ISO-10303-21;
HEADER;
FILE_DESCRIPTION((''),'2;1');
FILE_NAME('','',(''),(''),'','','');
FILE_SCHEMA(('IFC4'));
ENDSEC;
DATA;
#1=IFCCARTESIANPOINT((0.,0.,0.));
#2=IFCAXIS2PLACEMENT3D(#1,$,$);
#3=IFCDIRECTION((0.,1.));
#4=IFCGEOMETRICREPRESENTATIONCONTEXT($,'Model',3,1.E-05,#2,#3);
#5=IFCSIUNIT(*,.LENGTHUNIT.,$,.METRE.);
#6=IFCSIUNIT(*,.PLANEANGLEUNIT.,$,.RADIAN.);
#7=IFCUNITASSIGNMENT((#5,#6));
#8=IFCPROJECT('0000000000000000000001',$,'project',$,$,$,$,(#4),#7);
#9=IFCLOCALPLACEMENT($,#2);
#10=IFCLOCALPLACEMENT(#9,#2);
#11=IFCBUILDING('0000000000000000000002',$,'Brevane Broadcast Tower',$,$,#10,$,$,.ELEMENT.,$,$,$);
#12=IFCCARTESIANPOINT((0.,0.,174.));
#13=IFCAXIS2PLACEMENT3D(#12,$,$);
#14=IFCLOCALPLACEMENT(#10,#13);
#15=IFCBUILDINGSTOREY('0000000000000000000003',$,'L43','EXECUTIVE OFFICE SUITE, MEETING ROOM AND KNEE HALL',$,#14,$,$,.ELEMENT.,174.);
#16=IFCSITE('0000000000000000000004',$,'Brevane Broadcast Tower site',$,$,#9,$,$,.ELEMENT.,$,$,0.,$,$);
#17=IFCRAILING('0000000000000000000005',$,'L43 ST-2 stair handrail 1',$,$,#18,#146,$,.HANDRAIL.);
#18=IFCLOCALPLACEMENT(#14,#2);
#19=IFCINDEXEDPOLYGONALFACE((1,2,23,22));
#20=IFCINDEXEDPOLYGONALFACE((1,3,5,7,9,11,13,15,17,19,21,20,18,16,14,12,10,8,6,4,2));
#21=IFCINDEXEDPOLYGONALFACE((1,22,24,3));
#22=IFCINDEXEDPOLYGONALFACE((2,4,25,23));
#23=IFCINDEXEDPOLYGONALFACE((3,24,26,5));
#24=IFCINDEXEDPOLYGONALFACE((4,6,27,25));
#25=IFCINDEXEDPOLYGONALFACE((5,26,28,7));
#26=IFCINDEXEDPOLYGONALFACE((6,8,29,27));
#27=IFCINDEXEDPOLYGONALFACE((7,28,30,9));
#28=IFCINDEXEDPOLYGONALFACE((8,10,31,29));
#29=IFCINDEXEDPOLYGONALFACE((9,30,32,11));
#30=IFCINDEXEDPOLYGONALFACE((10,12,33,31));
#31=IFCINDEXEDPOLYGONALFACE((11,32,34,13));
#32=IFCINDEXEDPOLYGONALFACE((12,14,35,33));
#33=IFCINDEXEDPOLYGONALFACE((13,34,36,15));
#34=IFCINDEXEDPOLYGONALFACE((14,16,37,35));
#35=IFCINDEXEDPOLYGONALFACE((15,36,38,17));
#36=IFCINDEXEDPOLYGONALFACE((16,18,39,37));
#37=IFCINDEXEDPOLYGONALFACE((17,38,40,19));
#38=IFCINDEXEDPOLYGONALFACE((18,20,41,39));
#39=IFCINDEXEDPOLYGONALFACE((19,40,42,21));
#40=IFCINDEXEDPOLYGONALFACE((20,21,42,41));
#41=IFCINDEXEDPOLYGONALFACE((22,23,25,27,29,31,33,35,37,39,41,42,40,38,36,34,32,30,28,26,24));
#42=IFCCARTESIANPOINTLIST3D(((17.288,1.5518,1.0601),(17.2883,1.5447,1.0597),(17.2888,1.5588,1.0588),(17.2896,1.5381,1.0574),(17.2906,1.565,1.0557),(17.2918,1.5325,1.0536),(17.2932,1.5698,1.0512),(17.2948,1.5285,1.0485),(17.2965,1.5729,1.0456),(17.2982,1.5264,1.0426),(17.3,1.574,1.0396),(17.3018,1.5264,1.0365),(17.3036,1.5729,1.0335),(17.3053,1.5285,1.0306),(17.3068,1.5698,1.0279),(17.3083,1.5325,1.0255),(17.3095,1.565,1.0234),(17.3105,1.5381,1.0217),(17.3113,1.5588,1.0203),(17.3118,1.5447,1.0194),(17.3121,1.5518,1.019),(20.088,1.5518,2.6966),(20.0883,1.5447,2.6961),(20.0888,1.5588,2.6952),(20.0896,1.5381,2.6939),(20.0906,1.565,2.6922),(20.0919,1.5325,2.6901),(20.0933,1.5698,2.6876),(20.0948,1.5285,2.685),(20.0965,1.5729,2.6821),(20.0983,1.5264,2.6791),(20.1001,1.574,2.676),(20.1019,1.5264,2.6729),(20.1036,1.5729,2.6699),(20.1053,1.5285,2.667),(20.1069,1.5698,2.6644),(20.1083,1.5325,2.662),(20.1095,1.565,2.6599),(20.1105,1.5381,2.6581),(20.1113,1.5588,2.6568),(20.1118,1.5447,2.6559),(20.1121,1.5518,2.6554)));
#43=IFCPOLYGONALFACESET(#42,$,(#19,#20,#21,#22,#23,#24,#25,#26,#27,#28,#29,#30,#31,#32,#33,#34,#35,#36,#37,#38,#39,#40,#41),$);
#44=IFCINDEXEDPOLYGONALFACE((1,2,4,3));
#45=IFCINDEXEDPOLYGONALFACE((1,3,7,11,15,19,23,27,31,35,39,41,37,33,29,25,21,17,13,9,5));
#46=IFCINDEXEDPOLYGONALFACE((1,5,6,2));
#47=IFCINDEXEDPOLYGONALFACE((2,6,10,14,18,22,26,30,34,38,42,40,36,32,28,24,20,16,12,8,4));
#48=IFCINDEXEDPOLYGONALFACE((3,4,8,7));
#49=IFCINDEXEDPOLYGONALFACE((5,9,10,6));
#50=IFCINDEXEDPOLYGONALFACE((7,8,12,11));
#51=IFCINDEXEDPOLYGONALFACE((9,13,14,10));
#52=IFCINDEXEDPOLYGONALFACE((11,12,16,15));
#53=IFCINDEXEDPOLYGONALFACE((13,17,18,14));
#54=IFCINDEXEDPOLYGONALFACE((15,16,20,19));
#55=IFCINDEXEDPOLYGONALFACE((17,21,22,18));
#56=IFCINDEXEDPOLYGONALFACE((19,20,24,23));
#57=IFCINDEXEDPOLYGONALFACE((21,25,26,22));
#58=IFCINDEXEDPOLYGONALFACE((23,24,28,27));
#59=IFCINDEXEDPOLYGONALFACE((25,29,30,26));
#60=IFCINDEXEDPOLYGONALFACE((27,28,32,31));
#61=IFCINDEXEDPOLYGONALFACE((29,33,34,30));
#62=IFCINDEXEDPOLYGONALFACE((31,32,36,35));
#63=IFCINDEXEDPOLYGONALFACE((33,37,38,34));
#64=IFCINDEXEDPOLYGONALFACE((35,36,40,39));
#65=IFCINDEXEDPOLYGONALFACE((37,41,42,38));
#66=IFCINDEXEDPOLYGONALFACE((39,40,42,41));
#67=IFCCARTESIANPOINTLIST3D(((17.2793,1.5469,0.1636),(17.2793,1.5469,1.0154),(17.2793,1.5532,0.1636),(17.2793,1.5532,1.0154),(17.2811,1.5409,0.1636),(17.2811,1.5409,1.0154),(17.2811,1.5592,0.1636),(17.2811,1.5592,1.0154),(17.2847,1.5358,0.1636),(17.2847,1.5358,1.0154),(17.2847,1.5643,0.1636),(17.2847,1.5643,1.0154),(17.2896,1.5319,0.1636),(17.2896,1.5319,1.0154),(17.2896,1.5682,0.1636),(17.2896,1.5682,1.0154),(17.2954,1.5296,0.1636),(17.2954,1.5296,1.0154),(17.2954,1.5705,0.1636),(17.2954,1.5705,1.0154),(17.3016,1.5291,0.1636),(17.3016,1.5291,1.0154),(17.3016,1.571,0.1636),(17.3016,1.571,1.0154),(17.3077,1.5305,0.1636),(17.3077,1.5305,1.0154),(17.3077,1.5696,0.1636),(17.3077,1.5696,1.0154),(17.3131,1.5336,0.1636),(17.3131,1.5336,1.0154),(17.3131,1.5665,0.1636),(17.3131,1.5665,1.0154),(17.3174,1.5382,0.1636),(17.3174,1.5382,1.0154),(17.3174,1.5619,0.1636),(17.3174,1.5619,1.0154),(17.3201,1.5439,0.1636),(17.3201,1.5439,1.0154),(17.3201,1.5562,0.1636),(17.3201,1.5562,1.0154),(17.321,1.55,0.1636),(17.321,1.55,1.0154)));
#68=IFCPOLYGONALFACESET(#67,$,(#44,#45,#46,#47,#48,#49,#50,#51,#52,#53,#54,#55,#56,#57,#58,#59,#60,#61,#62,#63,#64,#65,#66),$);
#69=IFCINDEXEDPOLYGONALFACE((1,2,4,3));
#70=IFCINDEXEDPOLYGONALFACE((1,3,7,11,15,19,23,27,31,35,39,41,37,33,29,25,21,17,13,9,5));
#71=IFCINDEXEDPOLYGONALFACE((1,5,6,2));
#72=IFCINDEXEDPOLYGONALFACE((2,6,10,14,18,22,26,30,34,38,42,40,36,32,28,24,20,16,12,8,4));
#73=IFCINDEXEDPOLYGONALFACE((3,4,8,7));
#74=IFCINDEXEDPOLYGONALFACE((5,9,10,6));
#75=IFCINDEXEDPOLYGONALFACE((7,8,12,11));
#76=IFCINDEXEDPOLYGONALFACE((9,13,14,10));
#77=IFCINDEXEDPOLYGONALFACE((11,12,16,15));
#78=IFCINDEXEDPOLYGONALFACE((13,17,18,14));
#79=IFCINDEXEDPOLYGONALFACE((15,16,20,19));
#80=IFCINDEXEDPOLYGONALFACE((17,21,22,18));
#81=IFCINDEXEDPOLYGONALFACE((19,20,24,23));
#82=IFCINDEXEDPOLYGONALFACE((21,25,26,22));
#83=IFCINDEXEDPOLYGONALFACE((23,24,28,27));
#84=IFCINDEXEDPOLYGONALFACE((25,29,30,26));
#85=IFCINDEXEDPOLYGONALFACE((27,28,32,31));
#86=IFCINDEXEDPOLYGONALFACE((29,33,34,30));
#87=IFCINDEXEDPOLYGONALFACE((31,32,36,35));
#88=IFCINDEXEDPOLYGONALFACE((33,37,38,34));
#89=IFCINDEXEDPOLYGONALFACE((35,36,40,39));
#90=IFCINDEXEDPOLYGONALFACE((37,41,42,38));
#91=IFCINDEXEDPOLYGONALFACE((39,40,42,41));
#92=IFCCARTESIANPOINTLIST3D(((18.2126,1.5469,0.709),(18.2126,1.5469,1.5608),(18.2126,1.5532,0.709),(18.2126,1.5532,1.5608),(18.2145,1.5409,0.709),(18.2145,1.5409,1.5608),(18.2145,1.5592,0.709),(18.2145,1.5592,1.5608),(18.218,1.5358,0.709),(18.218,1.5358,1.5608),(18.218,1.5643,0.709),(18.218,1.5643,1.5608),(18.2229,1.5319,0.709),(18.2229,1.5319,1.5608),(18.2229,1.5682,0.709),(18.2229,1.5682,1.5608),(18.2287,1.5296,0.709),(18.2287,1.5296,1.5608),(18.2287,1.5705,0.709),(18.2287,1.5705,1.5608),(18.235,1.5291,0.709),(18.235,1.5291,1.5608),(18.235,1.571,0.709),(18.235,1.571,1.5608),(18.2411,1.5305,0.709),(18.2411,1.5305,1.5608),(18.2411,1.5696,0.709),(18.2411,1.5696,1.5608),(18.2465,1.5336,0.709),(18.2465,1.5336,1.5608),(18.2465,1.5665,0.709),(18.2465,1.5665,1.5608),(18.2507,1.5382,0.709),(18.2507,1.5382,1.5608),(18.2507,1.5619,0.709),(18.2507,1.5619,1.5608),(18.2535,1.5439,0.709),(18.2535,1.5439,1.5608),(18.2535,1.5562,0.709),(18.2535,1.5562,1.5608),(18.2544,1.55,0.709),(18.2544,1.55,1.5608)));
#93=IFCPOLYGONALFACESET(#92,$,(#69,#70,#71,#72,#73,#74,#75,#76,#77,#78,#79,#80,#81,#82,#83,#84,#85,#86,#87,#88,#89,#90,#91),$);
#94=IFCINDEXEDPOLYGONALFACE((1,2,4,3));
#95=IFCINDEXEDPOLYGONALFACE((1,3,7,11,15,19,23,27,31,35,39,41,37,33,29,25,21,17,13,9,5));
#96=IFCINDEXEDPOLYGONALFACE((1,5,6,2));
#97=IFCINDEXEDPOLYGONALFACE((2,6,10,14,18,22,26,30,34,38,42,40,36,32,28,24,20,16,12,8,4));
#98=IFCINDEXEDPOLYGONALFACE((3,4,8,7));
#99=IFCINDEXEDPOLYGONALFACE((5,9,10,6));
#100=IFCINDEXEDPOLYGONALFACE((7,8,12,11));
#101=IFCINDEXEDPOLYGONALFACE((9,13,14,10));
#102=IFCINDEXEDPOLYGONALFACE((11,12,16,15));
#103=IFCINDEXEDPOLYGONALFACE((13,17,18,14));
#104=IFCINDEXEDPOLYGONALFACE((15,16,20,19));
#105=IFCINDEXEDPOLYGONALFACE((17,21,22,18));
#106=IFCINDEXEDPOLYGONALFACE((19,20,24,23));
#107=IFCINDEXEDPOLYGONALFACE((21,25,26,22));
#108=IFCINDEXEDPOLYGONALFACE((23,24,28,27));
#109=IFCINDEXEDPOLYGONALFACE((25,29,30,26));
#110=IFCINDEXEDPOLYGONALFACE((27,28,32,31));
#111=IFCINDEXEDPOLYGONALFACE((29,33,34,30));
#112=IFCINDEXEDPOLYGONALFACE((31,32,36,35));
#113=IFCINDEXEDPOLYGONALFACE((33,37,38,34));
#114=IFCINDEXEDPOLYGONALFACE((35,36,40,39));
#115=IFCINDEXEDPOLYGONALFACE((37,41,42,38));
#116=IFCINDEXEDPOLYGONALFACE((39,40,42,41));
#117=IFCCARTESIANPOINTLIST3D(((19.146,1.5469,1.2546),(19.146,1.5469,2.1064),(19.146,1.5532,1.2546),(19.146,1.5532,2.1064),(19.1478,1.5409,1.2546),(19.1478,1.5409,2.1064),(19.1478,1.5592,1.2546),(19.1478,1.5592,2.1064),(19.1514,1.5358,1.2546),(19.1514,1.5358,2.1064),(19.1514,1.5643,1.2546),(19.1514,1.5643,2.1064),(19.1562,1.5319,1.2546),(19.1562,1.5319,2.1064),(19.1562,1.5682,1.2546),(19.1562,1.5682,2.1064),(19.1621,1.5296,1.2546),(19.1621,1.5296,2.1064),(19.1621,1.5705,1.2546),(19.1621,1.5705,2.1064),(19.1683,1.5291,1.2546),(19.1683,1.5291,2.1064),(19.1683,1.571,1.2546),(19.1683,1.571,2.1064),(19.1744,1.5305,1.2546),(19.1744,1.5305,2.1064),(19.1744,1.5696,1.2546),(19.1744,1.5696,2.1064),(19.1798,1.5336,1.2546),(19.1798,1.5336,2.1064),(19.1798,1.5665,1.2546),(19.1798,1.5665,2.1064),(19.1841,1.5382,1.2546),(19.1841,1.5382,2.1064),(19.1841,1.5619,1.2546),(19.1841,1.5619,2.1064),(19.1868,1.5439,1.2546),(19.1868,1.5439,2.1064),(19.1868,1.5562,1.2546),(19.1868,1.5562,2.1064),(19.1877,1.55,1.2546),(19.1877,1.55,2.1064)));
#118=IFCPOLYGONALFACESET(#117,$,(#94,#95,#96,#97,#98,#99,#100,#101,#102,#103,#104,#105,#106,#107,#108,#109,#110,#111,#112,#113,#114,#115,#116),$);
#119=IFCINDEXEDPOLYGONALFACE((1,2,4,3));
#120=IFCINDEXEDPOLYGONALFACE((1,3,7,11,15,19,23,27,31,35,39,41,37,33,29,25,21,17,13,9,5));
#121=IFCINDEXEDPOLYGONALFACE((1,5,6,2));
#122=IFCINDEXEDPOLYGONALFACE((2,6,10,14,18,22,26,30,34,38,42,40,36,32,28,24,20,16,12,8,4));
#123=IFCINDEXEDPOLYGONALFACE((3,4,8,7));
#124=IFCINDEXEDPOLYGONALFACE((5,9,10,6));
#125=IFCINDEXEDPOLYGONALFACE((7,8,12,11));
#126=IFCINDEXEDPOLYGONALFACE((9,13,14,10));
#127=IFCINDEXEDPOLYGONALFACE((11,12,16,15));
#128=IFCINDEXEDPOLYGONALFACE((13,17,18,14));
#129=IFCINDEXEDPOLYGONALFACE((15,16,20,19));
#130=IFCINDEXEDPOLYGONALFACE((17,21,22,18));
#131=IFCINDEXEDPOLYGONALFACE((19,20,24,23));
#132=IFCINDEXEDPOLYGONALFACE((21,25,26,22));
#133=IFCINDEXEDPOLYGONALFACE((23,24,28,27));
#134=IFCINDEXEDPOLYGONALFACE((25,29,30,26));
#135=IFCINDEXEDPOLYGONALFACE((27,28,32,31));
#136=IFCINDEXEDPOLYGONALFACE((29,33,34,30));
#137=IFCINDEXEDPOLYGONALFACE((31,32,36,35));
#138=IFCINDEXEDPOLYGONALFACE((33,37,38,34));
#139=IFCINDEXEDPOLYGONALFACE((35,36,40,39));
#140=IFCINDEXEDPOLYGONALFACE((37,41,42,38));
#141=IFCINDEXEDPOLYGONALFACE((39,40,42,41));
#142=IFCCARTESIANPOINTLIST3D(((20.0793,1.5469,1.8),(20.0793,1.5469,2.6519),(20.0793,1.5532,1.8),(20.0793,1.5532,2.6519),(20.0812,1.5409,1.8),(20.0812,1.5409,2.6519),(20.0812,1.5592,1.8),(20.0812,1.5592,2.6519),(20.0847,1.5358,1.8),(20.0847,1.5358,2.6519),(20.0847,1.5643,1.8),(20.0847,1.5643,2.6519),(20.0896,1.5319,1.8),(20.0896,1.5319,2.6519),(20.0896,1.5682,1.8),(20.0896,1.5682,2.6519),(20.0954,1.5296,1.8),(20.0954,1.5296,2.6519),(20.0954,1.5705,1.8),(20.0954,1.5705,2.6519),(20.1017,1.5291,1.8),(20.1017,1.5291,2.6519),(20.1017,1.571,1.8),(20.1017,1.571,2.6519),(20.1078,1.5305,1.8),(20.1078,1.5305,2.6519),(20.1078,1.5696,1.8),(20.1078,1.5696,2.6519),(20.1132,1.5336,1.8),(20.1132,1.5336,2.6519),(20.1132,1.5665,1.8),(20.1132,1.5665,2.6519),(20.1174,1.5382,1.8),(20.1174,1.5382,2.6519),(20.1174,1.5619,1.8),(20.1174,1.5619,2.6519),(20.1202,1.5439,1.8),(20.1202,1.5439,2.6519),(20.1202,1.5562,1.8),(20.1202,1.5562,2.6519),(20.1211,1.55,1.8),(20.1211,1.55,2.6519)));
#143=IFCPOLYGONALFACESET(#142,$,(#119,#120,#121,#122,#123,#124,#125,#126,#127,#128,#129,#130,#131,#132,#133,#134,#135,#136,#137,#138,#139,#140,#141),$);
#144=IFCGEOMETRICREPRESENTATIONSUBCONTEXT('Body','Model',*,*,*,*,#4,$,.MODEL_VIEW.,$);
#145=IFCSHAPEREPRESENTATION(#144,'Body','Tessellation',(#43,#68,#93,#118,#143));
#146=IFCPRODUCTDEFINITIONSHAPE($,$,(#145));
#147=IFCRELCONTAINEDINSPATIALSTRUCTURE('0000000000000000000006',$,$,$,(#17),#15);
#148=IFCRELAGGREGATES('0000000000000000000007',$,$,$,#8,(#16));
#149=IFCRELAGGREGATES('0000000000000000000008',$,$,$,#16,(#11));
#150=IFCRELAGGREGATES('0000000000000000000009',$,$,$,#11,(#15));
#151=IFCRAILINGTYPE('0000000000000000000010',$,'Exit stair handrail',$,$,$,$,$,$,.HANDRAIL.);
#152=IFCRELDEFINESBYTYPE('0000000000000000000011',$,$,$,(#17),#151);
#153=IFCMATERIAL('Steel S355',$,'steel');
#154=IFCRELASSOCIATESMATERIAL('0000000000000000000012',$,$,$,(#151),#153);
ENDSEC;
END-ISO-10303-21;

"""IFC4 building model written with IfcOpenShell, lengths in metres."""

from ifc_helpers import new_model, si_unit, direction, frame, origin, origin_2d, place, context, subcontext, project, spatial, circle, extrude, material, type_object, element, save


model = new_model("IFC4")

# Units and contexts
model_context = context("Model", 3, precision=1e-05, world=origin(), true_north=direction((0.0, 1.0)))
body_context = subcontext(model_context, "Body", "Model", "MODEL_VIEW")
ifc_project = project(units=[si_unit("LENGTHUNIT", "METRE"), si_unit("PLANEANGLEUNIT", "RADIAN")], contexts=[model_context])

# Site, building, storey
site_placement = place(None, origin())
site = spatial("IfcSite", under=ifc_project, at=site_placement, Name="Brevane Broadcast Tower site", CompositionType="ELEMENT", RefElevation=0.0)
building_placement = place(site_placement, origin())
building = spatial("IfcBuilding", under=site, at=building_placement, Name="Brevane Broadcast Tower", CompositionType="ELEMENT")
storey_placement = place(building_placement, frame((0.0, 0.0, 174.0)))
storey = spatial("IfcBuildingStorey", under=building, at=storey_placement, Name="L43", Description="EXECUTIVE OFFICE SUITE, MEETING ROOM AND KNEE HALL", CompositionType="ELEMENT", Elevation=174.0)

# Railing
ifc_material_1 = material(Name="Steel S355", Category="steel")
railing_type_1 = type_object("IfcRailingType", Name="Exit stair handrail", PredefinedType="HANDRAIL", material=ifc_material_1)
railing_1_placement = place(storey_placement, frame((17.3, 1.55, 0.1636)))
element("IfcRailing", 1, at=railing_1_placement, inside=storey, type_object=railing_type_1, Name="L43 ST-2 stair handrail 1", PredefinedType="HANDRAIL", context=body_context, shape_type="SweptSolid", body=[
    extrude(circle(Radius=0.0239, at=origin_2d()), frame((0.0, 0.0, 0.876), z_axis=(0.863361, 0.0, 0.504587), x_axis=(0.0, 1.0, 0.0)), (0.0, 0.0, 1.0), 3.2432),
    extrude(circle(Radius=0.021, at=origin_2d()), origin(), (0.0, 0.0, 1.0), 0.8518),
    extrude(circle(Radius=0.021, at=origin_2d()), frame((0.9333, 0.0, 0.5454)), (0.0, 0.0, 1.0), 0.8518),
    extrude(circle(Radius=0.021, at=origin_2d()), frame((1.8667, 0.0, 1.0911)), (0.0, 0.0, 1.0), 0.8518),
    extrude(circle(Radius=0.021, at=origin_2d()), frame((2.8, 0.0, 1.6365)), (0.0, 0.0, 1.0), 0.8518),
])

save(model, "model.ifc")
